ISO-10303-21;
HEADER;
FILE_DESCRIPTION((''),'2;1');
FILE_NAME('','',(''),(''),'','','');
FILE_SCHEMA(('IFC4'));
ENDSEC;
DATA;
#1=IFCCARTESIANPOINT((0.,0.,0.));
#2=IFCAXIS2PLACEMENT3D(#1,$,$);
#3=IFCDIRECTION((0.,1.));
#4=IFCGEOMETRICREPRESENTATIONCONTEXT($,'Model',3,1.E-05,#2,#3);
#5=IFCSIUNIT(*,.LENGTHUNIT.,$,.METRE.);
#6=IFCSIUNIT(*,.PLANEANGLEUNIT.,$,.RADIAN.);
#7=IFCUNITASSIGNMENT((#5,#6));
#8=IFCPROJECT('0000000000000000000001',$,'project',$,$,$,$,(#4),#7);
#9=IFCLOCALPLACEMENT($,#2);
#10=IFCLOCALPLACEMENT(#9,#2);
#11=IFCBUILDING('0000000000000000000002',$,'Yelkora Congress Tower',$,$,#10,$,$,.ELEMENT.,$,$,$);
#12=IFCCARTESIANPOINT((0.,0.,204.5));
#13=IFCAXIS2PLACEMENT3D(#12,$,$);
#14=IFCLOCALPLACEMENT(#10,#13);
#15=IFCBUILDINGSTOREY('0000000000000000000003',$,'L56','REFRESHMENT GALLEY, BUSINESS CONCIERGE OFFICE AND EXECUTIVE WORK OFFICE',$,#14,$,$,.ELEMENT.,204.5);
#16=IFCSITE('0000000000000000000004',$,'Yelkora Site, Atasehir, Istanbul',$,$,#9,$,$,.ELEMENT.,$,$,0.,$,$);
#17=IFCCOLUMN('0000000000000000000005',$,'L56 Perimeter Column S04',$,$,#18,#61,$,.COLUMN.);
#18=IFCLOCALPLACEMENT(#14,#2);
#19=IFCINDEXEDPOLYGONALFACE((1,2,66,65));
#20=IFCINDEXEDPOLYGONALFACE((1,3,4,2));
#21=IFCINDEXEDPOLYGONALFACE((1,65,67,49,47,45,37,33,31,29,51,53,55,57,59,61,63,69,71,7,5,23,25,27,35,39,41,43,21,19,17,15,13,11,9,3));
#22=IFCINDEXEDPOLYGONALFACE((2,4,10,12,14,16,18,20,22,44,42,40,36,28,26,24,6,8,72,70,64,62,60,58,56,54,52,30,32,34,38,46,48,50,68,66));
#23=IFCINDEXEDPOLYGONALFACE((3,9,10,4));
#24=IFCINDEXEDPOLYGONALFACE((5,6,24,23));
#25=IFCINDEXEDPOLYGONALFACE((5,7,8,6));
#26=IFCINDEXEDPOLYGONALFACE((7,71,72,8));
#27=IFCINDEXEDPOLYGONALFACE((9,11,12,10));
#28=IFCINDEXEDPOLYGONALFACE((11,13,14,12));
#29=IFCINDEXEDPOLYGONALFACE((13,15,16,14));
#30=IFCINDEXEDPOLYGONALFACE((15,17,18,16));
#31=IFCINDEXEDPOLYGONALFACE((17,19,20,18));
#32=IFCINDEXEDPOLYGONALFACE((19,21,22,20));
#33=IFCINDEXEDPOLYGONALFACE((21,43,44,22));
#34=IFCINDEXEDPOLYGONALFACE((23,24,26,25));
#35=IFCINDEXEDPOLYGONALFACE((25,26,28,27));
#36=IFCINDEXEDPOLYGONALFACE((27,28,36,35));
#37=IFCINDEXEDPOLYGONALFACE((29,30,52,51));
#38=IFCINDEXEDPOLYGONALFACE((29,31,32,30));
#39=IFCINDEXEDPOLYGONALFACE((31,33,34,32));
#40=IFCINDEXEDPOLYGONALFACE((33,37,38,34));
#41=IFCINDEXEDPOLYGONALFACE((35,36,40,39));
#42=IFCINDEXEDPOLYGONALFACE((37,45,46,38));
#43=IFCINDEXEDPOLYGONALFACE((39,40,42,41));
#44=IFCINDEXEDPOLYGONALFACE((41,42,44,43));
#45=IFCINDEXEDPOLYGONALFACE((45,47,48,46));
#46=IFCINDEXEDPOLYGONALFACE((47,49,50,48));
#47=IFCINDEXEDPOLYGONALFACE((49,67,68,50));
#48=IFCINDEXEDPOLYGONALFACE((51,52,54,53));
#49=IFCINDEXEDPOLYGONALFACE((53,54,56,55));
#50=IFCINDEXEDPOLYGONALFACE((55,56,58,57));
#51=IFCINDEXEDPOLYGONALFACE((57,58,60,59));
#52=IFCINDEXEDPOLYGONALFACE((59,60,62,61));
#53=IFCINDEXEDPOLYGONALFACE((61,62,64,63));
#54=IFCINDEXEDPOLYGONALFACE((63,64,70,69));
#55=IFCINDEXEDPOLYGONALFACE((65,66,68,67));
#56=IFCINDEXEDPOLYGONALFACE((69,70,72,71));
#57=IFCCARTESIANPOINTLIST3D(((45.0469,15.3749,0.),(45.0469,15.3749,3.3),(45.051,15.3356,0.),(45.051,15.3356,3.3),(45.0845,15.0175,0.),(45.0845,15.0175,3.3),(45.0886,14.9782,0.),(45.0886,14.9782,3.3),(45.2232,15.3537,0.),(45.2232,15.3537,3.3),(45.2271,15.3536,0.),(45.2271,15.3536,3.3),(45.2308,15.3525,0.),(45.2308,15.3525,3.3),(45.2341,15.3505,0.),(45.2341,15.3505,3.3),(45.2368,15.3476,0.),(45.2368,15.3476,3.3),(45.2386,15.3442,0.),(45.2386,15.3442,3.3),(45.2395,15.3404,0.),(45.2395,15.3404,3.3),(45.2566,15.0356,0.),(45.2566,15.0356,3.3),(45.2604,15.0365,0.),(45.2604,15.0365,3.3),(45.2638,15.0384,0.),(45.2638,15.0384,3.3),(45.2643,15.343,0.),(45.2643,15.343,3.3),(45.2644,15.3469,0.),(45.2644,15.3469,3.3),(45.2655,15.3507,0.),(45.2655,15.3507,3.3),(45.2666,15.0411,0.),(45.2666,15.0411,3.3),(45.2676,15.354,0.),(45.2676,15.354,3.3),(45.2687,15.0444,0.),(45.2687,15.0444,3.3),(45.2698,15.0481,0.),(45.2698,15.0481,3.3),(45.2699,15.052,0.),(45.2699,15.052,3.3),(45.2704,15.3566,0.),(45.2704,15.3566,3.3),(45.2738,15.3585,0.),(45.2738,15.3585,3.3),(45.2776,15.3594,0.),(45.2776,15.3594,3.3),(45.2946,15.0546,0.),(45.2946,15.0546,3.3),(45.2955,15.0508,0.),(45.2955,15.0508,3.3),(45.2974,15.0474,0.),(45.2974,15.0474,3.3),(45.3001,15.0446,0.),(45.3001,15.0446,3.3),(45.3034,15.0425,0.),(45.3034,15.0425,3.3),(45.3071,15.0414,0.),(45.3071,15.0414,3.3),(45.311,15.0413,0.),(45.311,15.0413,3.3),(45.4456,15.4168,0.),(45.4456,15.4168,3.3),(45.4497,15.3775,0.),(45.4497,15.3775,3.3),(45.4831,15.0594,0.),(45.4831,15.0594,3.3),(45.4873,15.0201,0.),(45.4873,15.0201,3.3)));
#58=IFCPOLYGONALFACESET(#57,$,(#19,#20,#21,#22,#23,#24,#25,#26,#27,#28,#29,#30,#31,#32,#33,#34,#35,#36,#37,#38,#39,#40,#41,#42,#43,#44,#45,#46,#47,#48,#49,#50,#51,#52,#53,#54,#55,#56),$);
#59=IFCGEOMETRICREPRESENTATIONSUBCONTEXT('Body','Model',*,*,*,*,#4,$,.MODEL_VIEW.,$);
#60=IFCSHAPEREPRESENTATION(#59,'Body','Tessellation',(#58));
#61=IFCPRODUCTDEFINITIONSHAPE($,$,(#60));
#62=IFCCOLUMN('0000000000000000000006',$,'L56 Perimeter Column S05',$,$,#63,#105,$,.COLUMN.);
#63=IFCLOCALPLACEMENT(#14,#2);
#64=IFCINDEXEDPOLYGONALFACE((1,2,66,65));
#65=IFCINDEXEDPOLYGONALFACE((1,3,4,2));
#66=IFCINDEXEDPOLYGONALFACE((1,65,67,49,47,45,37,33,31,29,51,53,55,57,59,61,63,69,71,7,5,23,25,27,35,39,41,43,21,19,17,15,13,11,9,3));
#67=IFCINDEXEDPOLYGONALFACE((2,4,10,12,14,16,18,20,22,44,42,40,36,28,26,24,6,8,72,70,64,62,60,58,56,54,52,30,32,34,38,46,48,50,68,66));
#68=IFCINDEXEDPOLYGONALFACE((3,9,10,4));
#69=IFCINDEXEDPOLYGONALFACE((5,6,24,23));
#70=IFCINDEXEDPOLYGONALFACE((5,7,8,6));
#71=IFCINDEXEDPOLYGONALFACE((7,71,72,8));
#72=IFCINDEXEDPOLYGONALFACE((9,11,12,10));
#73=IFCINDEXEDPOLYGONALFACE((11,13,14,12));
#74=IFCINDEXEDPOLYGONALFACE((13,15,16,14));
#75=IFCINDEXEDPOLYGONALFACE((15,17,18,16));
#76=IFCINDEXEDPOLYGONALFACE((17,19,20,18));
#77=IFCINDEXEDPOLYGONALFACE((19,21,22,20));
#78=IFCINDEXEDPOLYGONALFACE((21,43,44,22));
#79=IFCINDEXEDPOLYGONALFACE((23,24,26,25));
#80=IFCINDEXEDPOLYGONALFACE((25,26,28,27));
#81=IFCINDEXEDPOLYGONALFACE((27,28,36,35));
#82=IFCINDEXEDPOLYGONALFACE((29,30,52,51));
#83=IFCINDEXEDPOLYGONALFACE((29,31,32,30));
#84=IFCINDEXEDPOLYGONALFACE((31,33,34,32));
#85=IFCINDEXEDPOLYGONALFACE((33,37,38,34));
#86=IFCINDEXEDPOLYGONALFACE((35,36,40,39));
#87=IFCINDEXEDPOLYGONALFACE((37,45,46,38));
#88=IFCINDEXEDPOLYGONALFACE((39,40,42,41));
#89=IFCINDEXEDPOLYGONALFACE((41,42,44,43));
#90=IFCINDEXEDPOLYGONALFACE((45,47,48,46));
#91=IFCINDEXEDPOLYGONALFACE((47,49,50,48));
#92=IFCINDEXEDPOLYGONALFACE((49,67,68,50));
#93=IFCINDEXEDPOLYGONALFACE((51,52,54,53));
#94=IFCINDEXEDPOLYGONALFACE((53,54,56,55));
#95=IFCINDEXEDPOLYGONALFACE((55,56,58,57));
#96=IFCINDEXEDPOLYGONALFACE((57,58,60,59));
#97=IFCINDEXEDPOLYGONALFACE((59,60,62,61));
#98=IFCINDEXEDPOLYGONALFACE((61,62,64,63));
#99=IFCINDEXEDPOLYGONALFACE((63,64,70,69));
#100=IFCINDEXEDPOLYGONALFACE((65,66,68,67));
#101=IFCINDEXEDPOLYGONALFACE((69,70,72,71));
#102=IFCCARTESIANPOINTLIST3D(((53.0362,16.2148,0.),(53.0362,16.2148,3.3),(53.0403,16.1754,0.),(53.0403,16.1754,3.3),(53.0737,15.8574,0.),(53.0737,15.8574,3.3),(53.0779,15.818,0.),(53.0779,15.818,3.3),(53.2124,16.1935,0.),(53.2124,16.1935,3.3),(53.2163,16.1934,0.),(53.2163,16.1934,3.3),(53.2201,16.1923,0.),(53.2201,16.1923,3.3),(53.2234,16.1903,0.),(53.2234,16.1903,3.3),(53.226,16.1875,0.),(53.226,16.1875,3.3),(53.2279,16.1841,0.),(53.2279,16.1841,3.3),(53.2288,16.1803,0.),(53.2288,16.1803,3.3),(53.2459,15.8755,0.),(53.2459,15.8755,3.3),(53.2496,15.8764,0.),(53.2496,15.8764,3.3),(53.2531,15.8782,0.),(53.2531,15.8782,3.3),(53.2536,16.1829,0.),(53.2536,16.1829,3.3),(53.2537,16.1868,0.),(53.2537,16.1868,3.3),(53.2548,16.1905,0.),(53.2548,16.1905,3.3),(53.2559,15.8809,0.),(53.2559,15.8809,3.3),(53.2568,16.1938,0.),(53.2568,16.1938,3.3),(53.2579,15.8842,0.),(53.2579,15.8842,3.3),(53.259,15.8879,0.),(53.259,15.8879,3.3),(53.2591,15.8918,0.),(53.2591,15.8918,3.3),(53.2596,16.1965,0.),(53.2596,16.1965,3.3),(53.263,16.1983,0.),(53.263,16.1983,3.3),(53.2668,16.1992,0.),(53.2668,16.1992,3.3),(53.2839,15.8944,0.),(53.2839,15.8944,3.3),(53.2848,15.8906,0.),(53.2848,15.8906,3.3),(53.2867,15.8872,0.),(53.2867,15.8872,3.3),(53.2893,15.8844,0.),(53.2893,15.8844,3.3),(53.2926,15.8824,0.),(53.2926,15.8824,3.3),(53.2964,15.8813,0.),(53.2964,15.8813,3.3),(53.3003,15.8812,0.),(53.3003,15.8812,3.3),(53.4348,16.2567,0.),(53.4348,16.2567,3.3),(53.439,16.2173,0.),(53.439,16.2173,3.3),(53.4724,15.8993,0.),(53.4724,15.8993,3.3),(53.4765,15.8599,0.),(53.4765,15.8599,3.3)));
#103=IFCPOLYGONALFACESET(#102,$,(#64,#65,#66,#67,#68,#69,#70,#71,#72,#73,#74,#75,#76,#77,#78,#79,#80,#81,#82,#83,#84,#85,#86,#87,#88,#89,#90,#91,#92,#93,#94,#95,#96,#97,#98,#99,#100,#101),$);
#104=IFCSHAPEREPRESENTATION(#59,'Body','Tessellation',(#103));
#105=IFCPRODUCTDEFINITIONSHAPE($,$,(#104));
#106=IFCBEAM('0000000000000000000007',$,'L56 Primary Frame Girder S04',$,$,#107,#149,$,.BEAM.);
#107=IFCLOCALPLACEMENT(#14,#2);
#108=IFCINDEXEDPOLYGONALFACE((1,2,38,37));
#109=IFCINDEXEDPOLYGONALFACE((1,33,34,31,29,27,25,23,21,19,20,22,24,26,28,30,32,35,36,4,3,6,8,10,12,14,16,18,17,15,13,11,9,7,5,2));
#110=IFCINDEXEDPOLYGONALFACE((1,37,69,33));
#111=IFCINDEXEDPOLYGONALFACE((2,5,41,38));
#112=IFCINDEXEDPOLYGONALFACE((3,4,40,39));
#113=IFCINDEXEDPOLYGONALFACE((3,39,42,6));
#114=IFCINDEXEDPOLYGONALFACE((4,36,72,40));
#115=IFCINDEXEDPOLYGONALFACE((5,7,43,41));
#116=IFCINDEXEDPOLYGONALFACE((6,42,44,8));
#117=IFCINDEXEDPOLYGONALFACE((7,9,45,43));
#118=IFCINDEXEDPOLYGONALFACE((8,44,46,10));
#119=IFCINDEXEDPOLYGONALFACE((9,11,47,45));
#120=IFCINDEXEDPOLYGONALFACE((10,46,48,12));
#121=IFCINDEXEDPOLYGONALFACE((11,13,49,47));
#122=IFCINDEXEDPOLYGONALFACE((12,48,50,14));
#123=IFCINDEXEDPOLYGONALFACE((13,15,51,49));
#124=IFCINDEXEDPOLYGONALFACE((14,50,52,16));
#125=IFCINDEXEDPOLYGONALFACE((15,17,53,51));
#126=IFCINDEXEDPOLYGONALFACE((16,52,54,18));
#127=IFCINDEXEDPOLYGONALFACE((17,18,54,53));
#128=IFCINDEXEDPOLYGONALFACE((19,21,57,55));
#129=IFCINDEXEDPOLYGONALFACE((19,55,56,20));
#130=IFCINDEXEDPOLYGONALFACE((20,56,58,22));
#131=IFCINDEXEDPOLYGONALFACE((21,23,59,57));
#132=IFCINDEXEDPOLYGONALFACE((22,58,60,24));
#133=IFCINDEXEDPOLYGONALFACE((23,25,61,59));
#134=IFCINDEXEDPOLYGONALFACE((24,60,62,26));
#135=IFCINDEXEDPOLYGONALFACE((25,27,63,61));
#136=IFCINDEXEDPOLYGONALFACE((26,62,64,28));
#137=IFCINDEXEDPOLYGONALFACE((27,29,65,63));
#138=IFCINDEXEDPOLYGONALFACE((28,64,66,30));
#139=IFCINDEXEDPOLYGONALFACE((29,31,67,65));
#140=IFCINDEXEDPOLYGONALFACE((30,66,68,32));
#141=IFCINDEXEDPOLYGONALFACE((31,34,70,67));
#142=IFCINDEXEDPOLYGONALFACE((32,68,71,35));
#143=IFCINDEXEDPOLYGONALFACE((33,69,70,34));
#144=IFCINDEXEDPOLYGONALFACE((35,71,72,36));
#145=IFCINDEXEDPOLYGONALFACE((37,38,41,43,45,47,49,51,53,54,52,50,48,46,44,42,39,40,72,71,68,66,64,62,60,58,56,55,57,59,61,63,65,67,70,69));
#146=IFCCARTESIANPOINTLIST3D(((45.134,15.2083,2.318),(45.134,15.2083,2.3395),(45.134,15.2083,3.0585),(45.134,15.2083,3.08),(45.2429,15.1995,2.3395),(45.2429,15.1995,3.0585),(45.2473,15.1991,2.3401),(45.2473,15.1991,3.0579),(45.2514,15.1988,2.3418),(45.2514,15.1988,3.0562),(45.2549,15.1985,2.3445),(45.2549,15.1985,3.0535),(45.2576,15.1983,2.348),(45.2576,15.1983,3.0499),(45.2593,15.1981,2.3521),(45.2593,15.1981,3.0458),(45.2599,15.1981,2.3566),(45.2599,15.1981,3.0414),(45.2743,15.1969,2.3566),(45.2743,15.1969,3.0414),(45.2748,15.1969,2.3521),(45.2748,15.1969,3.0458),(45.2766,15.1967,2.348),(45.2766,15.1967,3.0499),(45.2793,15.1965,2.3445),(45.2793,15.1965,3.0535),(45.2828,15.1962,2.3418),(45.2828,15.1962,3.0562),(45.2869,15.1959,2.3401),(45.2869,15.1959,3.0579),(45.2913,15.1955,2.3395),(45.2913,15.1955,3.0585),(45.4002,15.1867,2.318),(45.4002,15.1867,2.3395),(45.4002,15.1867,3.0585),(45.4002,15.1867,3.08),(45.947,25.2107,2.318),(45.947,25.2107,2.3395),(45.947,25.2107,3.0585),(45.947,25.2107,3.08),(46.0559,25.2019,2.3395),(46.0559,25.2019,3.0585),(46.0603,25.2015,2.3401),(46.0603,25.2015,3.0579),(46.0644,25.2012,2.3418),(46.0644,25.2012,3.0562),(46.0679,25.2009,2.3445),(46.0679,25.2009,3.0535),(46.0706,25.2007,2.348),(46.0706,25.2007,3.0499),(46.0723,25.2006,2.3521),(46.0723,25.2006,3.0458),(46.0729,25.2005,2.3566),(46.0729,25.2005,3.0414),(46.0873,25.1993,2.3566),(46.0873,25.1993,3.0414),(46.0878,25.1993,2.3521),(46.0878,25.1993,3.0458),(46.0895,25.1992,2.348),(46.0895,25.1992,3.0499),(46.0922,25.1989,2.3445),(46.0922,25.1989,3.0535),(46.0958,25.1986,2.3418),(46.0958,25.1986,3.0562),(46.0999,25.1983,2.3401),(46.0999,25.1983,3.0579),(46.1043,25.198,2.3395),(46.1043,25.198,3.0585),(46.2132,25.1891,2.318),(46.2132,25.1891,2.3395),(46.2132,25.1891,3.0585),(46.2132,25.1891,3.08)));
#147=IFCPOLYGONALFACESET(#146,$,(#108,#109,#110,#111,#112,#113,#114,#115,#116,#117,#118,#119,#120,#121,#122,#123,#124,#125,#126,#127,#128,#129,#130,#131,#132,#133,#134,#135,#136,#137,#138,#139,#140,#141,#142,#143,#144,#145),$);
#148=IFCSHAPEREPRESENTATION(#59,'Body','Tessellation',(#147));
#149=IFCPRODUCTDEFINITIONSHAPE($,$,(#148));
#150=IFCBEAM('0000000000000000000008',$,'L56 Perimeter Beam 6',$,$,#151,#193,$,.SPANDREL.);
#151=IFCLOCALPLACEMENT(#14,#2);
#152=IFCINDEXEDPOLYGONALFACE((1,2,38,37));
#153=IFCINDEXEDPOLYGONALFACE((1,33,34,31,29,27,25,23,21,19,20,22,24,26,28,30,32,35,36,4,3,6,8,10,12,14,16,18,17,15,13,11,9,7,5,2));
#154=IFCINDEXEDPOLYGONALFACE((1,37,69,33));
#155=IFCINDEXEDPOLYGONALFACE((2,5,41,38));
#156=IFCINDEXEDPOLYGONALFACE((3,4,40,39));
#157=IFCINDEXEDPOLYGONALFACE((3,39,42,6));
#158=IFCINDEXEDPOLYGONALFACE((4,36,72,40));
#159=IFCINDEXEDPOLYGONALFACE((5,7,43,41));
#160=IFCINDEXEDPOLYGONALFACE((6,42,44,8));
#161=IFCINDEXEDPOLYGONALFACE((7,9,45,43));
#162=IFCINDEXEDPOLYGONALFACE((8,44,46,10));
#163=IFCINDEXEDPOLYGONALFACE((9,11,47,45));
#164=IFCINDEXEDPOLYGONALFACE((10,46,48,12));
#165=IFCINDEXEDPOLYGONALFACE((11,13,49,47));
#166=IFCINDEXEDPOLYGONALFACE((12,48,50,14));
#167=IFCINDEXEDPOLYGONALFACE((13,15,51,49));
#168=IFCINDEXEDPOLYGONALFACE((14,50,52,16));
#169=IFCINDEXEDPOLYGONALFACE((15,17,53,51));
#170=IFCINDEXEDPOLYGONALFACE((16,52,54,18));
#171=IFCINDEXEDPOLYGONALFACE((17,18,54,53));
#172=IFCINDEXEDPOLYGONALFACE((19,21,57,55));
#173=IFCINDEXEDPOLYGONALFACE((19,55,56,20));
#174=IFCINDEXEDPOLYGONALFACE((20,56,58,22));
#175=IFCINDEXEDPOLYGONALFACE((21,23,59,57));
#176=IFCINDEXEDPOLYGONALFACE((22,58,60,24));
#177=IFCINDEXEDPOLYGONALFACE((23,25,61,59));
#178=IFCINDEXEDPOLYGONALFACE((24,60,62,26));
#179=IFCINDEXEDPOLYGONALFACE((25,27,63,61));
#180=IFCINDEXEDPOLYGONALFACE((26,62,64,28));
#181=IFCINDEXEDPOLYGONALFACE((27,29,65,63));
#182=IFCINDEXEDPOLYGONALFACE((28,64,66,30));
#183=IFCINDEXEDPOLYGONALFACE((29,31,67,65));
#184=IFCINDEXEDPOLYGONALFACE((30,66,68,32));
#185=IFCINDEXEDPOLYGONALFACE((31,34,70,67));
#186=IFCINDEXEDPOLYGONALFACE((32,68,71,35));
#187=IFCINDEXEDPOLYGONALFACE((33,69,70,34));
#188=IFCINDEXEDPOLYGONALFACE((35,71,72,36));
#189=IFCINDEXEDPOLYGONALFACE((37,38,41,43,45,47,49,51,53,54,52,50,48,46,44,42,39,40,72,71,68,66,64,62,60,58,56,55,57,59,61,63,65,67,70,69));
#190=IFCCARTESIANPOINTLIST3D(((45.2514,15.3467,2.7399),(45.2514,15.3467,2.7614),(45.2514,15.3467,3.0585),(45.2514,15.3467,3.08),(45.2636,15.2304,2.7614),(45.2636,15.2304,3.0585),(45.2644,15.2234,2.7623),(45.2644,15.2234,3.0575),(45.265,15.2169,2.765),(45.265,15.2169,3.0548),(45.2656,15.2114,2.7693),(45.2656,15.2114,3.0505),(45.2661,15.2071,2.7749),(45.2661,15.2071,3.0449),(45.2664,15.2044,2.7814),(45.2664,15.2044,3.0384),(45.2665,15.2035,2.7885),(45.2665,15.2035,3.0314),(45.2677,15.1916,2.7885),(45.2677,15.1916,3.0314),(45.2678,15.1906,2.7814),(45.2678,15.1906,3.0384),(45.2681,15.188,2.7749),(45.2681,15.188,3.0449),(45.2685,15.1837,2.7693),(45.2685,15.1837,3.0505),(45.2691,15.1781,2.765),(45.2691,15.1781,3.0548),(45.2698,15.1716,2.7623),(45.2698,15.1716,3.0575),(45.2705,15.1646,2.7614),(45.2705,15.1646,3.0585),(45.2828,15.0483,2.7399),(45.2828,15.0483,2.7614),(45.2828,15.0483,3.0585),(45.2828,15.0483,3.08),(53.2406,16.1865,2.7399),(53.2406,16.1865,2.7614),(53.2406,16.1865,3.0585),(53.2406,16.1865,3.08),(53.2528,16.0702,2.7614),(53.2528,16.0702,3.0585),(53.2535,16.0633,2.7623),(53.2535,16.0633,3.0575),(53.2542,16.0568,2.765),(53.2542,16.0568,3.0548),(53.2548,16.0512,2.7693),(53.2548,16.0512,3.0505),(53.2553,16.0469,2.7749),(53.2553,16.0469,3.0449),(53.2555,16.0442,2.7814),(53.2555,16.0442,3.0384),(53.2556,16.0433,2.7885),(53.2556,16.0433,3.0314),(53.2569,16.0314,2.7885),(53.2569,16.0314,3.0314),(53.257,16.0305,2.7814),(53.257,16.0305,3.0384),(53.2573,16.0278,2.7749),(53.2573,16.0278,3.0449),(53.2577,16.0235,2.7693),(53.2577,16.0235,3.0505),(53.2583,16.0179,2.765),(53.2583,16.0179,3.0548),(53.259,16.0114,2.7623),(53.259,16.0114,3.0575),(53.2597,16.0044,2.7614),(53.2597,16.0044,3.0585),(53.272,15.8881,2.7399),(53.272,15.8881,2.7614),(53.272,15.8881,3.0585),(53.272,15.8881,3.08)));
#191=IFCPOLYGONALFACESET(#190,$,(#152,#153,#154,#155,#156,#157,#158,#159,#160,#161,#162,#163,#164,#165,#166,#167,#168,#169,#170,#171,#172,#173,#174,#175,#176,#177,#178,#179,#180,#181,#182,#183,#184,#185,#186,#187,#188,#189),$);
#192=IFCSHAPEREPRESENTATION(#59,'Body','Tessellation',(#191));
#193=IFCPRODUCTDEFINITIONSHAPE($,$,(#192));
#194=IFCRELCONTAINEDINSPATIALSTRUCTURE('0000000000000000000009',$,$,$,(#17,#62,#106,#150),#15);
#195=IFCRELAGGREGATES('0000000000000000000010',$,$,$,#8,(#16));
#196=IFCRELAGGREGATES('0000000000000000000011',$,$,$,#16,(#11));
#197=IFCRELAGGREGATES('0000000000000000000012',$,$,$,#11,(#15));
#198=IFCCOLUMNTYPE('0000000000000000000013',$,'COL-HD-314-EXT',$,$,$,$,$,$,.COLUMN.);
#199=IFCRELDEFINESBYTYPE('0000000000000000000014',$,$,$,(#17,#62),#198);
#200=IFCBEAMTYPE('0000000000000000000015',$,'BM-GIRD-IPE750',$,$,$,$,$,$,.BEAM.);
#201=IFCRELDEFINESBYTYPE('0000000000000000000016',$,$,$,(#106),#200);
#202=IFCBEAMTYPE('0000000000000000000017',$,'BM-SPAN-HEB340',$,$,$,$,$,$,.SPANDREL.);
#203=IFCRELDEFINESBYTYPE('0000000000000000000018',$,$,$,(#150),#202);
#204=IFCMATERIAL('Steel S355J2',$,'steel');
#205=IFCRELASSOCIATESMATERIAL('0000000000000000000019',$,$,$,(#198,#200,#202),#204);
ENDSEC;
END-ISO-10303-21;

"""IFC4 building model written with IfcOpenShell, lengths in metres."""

from ifc_helpers import new_model, si_unit, direction, frame, origin, origin_2d, place, context, subcontext, project, spatial, i_section, extrude, material, material_profile, profile_set, type_object, element, save


model = new_model("IFC4")

# Units and contexts
model_context = context("Model", 3, precision=1e-05, world=origin(), true_north=direction((0.0, 1.0)))
body_context = subcontext(model_context, "Body", "Model", "MODEL_VIEW")
ifc_project = project(units=[si_unit("LENGTHUNIT", "METRE"), si_unit("PLANEANGLEUNIT", "RADIAN")], contexts=[model_context])

# Site, building, storey
site_placement = place(None, origin())
site = spatial("IfcSite", under=ifc_project, at=site_placement, Name="Yelkora Site, Atasehir, Istanbul", CompositionType="ELEMENT", RefElevation=0.0)
building_placement = place(site_placement, origin())
building = spatial("IfcBuilding", under=site, at=building_placement, Name="Yelkora Congress Tower", CompositionType="ELEMENT")
storey_placement = place(building_placement, frame((0.0, 0.0, 204.5)))
storey = spatial("IfcBuildingStorey", under=building, at=storey_placement, Name="L56", Description="REFRESHMENT GALLEY, BUSINESS CONCIERGE OFFICE AND EXECUTIVE WORK OFFICE", CompositionType="ELEMENT", Elevation=204.5)

# Columns
ifc_material_1 = material(Name="Steel S355J2", Category="steel")
ifc_material_profile_1 = material_profile(ifc_material_1, i_section(OverallWidth=0.4009, OverallDepth=0.3989, WebThickness=0.0249, FlangeThickness=0.0396, FilletRadius=0.0149, at=origin_2d()), Name="HD 400x314")
ifc_profile_set_1 = profile_set([ifc_material_profile_1], Name="Steel S355J2")
column_type = type_object("IfcColumnType", Name="COL-HD-314-EXT", PredefinedType="COLUMN", material=ifc_profile_set_1)
for number, where, z_axis, x_axis, name in (
    (1, (45.2671, 15.1975, 0.0), (0.0, 0.0, 1.0), (0.994522, 0.104528, 0.0), "L56 Perimeter Column S04"),
    (2, (53.2563, 16.0374, 0.0), (0.0, 0.0, 1.0), (0.994522, 0.104528, 0.0), "L56 Perimeter Column S05"),
):
    element("IfcColumn", number, at=place(storey_placement, frame(where, z_axis=z_axis, x_axis=x_axis)), inside=storey, type_object=column_type, Name=name, PredefinedType="COLUMN", context=body_context, shape_type="SweptSolid", body=[
        extrude(i_section(OverallWidth=0.4009, OverallDepth=0.3989, WebThickness=0.0249, FlangeThickness=0.0396, FilletRadius=0.0149, at=origin_2d()), origin(), (0.0, 0.0, 1.0), 3.3),
    ])

# Beams
ifc_material_profile_2 = material_profile(ifc_material_1, i_section(OverallWidth=0.2671, OverallDepth=0.762, WebThickness=0.0144, FlangeThickness=0.0215, FilletRadius=0.0171, at=origin_2d()), Name="IPE 750x173")
ifc_profile_set_2 = profile_set([ifc_material_profile_2], Name="Steel S355J2")
beam_type_1 = type_object("IfcBeamType", Name="BM-GIRD-IPE750", PredefinedType="BEAM", material=ifc_profile_set_2)
beam_1_placement = place(storey_placement, frame((45.2671, 15.1975, 2.699), z_axis=(0.081012, 0.996713, 0.0), x_axis=(-0.996713, 0.081012, 0.0)))
element("IfcBeam", 3, at=beam_1_placement, inside=storey, type_object=beam_type_1, Name="L56 Primary Frame Girder S04", PredefinedType="BEAM", context=body_context, shape_type="SweptSolid", body=[
    extrude(i_section(OverallWidth=0.2671, OverallDepth=0.762, WebThickness=0.0144, FlangeThickness=0.0215, FilletRadius=0.0171, at=origin_2d()), origin(), (0.0, 0.0, 1.0), 10.0354),
])
ifc_material_profile_3 = material_profile(ifc_material_1, i_section(OverallWidth=0.3, OverallDepth=0.3401, WebThickness=0.012, FlangeThickness=0.0215, FilletRadius=0.0271, at=origin_2d()), Name="HEB 340")
ifc_profile_set_3 = profile_set([ifc_material_profile_3], Name="Steel S355J2")
beam_type_2 = type_object("IfcBeamType", Name="BM-SPAN-HEB340", PredefinedType="SPANDREL", material=ifc_profile_set_3)
beam_2_placement = place(storey_placement, frame((45.2671, 15.1975, 2.9099), z_axis=(0.99452, 0.104546, 0.0), x_axis=(-0.104546, 0.99452, 0.0)))
element("IfcBeam", 4, at=beam_2_placement, inside=storey, type_object=beam_type_2, Name="L56 Perimeter Beam 6", PredefinedType="SPANDREL", context=body_context, shape_type="SweptSolid", body=[
    extrude(i_section(OverallWidth=0.3, OverallDepth=0.3401, WebThickness=0.012, FlangeThickness=0.0215, FilletRadius=0.0271, at=origin_2d()), origin(), (0.0, 0.0, 1.0), 8.0332),
])

save(model, "model.ifc")
